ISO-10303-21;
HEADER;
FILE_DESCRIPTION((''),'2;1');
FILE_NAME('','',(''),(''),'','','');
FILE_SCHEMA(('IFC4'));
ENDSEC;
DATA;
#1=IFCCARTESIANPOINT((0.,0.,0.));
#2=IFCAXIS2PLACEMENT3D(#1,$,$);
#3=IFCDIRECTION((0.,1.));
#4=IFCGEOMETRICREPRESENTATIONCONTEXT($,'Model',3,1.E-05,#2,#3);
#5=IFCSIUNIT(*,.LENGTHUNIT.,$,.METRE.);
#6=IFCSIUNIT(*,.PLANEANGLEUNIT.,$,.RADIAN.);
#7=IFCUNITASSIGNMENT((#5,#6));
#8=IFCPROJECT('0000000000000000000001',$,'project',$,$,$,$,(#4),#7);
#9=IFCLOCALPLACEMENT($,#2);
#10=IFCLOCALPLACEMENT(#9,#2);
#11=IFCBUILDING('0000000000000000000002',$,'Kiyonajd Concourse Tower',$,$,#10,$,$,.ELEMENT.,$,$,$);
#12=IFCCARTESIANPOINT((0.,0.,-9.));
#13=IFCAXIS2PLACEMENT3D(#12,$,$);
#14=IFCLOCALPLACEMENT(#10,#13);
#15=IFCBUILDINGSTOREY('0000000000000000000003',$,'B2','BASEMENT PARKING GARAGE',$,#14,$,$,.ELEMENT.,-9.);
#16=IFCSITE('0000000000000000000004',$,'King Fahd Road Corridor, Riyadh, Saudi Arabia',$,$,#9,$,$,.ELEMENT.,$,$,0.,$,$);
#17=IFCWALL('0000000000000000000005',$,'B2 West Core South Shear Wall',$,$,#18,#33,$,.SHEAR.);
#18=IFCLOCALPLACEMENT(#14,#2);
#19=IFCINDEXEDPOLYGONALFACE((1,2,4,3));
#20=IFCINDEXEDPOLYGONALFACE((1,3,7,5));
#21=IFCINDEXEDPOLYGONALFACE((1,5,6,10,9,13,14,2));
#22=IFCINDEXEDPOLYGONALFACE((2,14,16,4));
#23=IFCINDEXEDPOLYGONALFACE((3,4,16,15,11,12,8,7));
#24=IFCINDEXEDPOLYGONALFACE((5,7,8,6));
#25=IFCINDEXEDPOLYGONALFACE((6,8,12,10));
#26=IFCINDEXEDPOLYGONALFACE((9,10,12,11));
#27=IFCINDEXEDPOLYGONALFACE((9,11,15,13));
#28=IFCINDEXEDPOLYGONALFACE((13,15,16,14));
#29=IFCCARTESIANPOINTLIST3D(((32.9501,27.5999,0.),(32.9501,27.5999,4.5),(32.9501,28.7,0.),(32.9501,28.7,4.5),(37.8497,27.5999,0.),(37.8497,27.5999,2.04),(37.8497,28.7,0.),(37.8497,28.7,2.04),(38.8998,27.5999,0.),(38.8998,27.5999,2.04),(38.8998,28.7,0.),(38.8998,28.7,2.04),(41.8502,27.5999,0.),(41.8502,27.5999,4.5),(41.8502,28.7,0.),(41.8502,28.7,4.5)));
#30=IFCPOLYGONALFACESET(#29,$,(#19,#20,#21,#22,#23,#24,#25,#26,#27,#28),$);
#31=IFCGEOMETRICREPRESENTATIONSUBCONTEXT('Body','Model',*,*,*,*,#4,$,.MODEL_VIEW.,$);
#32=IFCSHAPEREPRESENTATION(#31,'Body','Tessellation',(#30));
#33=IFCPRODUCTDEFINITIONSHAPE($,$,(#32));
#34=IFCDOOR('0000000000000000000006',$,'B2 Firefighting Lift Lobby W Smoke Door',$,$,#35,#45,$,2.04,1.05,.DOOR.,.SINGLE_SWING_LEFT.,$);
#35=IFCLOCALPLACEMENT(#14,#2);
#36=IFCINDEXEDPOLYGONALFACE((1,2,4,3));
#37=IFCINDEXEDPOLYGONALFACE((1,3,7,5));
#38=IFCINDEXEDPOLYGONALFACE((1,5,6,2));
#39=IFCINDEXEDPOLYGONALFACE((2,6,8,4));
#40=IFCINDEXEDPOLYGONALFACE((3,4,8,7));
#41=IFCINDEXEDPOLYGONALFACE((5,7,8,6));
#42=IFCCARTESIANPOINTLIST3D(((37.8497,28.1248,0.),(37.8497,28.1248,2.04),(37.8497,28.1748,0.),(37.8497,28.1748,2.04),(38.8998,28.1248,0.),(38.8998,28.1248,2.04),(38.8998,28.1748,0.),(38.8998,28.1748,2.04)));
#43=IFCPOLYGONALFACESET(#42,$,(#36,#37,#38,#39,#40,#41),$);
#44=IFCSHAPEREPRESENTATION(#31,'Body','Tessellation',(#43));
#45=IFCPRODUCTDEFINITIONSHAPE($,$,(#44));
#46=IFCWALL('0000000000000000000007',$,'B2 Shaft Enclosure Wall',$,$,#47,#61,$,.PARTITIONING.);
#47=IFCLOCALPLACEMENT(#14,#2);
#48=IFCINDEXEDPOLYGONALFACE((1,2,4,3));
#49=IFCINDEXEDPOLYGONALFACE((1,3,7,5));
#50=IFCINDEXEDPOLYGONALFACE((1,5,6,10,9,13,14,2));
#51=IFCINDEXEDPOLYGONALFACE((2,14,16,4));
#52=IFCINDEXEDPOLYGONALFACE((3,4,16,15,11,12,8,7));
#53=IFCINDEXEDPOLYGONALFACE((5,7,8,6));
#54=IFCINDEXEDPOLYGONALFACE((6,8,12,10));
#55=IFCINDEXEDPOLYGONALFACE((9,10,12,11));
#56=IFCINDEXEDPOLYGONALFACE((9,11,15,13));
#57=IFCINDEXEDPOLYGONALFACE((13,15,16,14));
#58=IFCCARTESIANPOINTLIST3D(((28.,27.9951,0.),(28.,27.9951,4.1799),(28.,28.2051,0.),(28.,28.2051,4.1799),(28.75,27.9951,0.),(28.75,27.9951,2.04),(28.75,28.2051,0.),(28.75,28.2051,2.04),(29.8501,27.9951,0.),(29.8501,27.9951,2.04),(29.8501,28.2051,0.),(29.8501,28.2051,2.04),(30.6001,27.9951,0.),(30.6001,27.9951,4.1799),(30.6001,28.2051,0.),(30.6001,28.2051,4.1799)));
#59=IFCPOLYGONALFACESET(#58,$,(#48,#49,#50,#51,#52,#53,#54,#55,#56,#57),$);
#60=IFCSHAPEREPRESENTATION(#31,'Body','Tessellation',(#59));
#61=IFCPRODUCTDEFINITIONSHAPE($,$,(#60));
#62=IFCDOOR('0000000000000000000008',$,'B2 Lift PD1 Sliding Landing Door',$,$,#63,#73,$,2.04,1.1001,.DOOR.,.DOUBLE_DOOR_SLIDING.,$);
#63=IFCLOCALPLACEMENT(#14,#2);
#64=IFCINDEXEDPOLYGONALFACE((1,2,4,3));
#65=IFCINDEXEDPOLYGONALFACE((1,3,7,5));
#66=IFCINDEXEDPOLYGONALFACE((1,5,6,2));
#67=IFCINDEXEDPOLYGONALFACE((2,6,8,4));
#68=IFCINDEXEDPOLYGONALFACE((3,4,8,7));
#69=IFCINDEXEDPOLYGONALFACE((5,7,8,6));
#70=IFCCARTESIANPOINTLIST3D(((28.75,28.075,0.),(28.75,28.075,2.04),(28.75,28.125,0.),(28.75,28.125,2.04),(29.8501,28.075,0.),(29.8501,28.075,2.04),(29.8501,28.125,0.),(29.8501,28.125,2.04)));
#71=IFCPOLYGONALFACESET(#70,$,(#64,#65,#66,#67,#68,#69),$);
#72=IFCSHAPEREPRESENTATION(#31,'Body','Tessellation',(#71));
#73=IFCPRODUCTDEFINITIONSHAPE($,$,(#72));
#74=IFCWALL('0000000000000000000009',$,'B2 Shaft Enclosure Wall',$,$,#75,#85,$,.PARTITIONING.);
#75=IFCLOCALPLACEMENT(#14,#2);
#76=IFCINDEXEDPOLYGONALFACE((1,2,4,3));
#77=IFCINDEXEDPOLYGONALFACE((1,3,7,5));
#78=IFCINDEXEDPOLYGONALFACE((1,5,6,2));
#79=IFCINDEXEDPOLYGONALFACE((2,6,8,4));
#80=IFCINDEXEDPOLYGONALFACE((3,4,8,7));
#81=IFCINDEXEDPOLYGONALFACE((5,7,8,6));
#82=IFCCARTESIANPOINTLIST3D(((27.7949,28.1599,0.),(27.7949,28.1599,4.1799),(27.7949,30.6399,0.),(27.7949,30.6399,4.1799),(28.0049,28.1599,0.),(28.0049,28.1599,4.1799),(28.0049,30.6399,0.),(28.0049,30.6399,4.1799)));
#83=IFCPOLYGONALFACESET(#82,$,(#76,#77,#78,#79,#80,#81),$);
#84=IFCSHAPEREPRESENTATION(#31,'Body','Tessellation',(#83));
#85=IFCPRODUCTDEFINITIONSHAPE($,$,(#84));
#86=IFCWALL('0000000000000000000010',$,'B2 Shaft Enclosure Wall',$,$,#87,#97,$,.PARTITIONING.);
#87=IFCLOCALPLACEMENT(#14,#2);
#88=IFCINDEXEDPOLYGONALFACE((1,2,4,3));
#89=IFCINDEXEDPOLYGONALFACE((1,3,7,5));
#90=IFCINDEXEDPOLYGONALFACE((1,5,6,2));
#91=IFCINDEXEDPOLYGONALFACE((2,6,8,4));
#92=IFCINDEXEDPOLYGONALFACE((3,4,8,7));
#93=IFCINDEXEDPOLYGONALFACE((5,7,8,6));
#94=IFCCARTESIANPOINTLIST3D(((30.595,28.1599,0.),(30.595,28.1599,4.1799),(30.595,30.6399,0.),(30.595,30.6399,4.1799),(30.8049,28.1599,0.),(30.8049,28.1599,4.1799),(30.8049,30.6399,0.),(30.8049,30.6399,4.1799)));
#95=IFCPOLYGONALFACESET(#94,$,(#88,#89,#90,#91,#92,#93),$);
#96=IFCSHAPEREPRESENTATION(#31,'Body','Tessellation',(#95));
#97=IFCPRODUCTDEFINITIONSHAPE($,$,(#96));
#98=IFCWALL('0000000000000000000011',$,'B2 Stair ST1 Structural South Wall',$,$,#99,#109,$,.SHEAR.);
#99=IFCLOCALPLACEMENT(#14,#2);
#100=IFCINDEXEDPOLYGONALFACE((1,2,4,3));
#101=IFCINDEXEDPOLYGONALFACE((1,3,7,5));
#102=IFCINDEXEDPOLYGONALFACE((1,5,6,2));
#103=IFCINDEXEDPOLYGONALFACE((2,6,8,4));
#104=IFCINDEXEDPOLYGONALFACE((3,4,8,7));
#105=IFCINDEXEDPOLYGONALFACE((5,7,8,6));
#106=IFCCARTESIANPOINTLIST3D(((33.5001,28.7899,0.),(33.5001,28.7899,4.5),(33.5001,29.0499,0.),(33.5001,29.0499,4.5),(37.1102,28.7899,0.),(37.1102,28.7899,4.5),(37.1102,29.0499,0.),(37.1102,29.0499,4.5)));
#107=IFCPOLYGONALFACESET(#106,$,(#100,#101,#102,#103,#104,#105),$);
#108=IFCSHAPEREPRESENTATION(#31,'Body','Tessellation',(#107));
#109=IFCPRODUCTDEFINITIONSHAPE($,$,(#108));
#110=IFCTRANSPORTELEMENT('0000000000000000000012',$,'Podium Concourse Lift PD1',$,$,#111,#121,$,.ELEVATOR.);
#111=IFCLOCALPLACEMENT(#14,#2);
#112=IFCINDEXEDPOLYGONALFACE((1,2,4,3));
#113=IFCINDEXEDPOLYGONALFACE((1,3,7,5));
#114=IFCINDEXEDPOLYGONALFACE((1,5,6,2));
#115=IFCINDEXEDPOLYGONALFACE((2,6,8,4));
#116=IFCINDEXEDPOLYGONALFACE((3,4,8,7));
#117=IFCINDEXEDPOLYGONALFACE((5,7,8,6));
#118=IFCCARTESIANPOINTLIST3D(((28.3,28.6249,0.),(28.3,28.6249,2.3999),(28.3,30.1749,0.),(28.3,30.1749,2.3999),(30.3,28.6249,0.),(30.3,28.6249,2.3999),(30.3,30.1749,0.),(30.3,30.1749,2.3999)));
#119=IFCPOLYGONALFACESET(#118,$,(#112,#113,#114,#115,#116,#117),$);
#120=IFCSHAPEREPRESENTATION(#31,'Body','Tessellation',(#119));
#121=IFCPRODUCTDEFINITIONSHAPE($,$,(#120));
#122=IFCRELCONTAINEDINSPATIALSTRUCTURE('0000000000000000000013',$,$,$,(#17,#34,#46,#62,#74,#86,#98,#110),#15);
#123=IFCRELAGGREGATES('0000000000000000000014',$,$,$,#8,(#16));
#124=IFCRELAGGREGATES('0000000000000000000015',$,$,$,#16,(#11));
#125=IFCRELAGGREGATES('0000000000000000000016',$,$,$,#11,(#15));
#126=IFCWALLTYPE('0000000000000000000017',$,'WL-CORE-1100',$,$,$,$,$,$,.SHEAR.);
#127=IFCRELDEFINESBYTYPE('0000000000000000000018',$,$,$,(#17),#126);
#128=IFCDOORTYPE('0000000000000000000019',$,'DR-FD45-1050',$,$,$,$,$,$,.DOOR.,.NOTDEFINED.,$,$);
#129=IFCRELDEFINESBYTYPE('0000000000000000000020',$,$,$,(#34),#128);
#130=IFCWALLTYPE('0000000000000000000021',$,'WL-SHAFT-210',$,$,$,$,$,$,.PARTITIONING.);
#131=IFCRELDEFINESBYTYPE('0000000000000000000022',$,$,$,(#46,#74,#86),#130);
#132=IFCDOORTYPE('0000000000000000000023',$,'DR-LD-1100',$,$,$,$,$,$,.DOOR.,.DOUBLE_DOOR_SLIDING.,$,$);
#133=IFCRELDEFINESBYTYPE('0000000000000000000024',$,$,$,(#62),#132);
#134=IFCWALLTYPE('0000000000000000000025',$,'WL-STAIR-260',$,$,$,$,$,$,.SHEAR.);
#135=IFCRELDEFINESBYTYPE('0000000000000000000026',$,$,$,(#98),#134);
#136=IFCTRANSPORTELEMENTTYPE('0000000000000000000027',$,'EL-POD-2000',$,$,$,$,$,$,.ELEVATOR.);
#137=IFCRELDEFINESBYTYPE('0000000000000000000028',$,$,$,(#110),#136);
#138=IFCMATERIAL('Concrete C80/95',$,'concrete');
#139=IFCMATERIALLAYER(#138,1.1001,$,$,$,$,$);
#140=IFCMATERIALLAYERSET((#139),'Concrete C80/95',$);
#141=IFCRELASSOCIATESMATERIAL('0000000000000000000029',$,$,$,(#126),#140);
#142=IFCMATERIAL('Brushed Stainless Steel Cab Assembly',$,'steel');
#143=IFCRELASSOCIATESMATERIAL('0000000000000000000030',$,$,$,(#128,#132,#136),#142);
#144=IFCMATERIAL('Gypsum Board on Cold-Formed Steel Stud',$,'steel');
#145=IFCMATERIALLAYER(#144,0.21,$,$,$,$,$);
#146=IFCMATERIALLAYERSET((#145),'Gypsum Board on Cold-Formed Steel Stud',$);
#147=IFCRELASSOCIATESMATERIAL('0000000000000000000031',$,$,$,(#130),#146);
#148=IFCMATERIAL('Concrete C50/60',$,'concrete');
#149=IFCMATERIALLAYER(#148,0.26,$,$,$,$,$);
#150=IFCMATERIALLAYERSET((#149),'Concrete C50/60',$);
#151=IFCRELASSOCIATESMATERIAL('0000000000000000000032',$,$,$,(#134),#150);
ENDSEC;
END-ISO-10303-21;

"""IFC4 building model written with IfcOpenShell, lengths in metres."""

from ifc_helpers import new_model, si_unit, direction, frame, frame_2d, origin, origin_2d, place, context, subcontext, project, spatial, rectangle, extrude, material, layer, layer_set, type_object, element, fill, save


model = new_model("IFC4")

# Units and contexts
model_context = context("Model", 3, precision=1e-05, world=origin(), true_north=direction((0.0, 1.0)))
body_context = subcontext(model_context, "Body", "Model", "MODEL_VIEW")
ifc_project = project(units=[si_unit("LENGTHUNIT", "METRE"), si_unit("PLANEANGLEUNIT", "RADIAN")], contexts=[model_context])

# Site, building, storey
site_placement = place(None, origin())
site = spatial("IfcSite", under=ifc_project, at=site_placement, Name="King Fahd Road Corridor, Riyadh, Saudi Arabia", CompositionType="ELEMENT", RefElevation=0.0)
building_placement = place(site_placement, origin())
building = spatial("IfcBuilding", under=site, at=building_placement, Name="Kiyonajd Concourse Tower", CompositionType="ELEMENT")
storey_placement = place(building_placement, frame((0.0, 0.0, -9.0)))
storey = spatial("IfcBuildingStorey", under=building, at=storey_placement, Name="B2", Description="BASEMENT PARKING GARAGE", CompositionType="ELEMENT", Elevation=-9.0)

# Shared definitions
ifc_material_1 = material(Name="Concrete C50/60", Category="concrete")

# Shared definitions
ifc_material_2 = material(Name="Concrete C80/95", Category="concrete")

# Shared definitions
ifc_layer_1 = layer(ifc_material_2, 1.1001)
ifc_layer_set_1 = layer_set([ifc_layer_1], Name="Concrete C80/95")
wall_type_1 = type_object("IfcWallType", Name="WL-CORE-1100", PredefinedType="SHEAR", material=ifc_layer_set_1)

# Walls, openings, doors
wall_1_placement = place(storey_placement, frame((32.95, 28.1499, 0.0), z_axis=(0.0, 0.0, 1.0), x_axis=(1.0, 0.0, 0.0)))
wall_1 = element("IfcWall", 1, at=wall_1_placement, inside=storey, type_object=wall_type_1, Name="B2 West Core South Shear Wall", PredefinedType="SHEAR", context=body_context, shape_type="SweptSolid", body=[
    extrude(rectangle(XDim=8.9001, YDim=1.1001, at=frame_2d((4.4502, 0.0))), origin(), (0.0, 0.0, 1.0), 4.5),
])
opening_1_placement = place(wall_1_placement, frame((4.8999, 0.0, 0.0)))
opening_1 = element("IfcOpeningElement", 2, at=opening_1_placement, cuts=wall_1, PredefinedType="OPENING", context=body_context, shape_type="SweptSolid", body=[
    extrude(rectangle(XDim=1.05, YDim=2.04, at=frame_2d((0.5249, 1.02))), frame((0.0, 0.5601, 0.0), z_axis=(0.0, -1.0, 0.0), x_axis=(1.0, 0.0, 0.0)), (0.0, 0.0, 1.0), 1.1201),
])
ifc_material_3 = material(Name="Brushed Stainless Steel Cab Assembly", Category="steel")
door_type_1 = type_object("IfcDoorType", Name="DR-FD45-1050", OperationType="NOTDEFINED", PredefinedType="DOOR", material=ifc_material_3)
door_1_placement = place(opening_1_placement, origin())
door_1 = element("IfcDoor", 3, at=door_1_placement, inside=storey, type_object=door_type_1, Name="B2 Firefighting Lift Lobby W Smoke Door", OperationType="SINGLE_SWING_LEFT", OverallHeight=2.04, OverallWidth=1.05, PredefinedType="DOOR", context=body_context, shape_type="SweptSolid", body=[
    extrude(rectangle(XDim=1.05, YDim=2.04, at=frame_2d((0.5249, 1.02))), frame((0.0, 0.0249, 0.0), z_axis=(0.0, -1.0, 0.0), x_axis=(1.0, 0.0, 0.0)), (0.0, 0.0, 1.0), 0.05),
])
fill(opening_1, door_1)
ifc_material_4 = material(Name="Gypsum Board on Cold-Formed Steel Stud", Category="steel")
ifc_layer_2 = layer(ifc_material_4, 0.21)
ifc_layer_set_2 = layer_set([ifc_layer_2], Name="Gypsum Board on Cold-Formed Steel Stud")
wall_type_2 = type_object("IfcWallType", Name="WL-SHAFT-210", PredefinedType="PARTITIONING", material=ifc_layer_set_2)
wall_2_placement = place(storey_placement, frame((28.0, 28.1001, 0.0), z_axis=(0.0, 0.0, 1.0), x_axis=(1.0, 0.0, 0.0)))
wall_2 = element("IfcWall", 4, at=wall_2_placement, inside=storey, type_object=wall_type_2, Name="B2 Shaft Enclosure Wall", PredefinedType="PARTITIONING", context=body_context, shape_type="SweptSolid", body=[
    extrude(rectangle(XDim=2.6001, YDim=0.21, at=frame_2d((1.3, 0.0))), origin(), (0.0, 0.0, 1.0), 4.1799),
])
opening_2_placement = place(wall_2_placement, frame((0.75, 0.0, 0.0)))
opening_2 = element("IfcOpeningElement", 5, at=opening_2_placement, cuts=wall_2, PredefinedType="OPENING", context=body_context, shape_type="SweptSolid", body=[
    extrude(rectangle(XDim=1.1001, YDim=2.04, at=frame_2d((0.55, 1.02))), frame((0.0, 0.115, 0.0), z_axis=(0.0, -1.0, 0.0), x_axis=(1.0, 0.0, 0.0)), (0.0, 0.0, 1.0), 0.23),
])
door_type_2 = type_object("IfcDoorType", Name="DR-LD-1100", OperationType="DOUBLE_DOOR_SLIDING", PredefinedType="DOOR", material=ifc_material_3)
door_2_placement = place(opening_2_placement, origin())
door_2 = element("IfcDoor", 6, at=door_2_placement, inside=storey, type_object=door_type_2, Name="B2 Lift PD1 Sliding Landing Door", OperationType="DOUBLE_DOOR_SLIDING", OverallHeight=2.04, OverallWidth=1.1001, PredefinedType="DOOR", context=body_context, shape_type="SweptSolid", body=[
    extrude(rectangle(XDim=1.1001, YDim=2.04, at=frame_2d((0.55, 1.02))), frame((0.0, 0.0249, 0.0), z_axis=(0.0, -1.0, 0.0), x_axis=(1.0, 0.0, 0.0)), (0.0, 0.0, 1.0), 0.05),
])
fill(opening_2, door_2)

# Walls
for number, where, z_axis, x_axis, name in (
    (7, (27.8999, 28.1599, 0.0), (0.0, 0.0, 1.0), (0.0, 1.0, 0.0), "B2 Shaft Enclosure Wall"),
    (8, (30.7, 28.1599, 0.0), (0.0, 0.0, 1.0), (0.0, 1.0, 0.0), "B2 Shaft Enclosure Wall"),
):
    element("IfcWall", number, at=place(storey_placement, frame(where, z_axis=z_axis, x_axis=x_axis)), inside=storey, type_object=wall_type_2, Name=name, PredefinedType="PARTITIONING", context=body_context, shape_type="SweptSolid", body=[
        extrude(rectangle(XDim=2.48, YDim=0.21, at=frame_2d((1.24, 0.0))), origin(), (0.0, 0.0, 1.0), 4.1799),
    ])
ifc_layer_3 = layer(ifc_material_1, 0.26)
ifc_layer_set_3 = layer_set([ifc_layer_3], Name="Concrete C50/60")
wall_type_3 = type_object("IfcWallType", Name="WL-STAIR-260", PredefinedType="SHEAR", material=ifc_layer_set_3)
wall_3_placement = place(storey_placement, frame((33.5, 28.9199, 0.0), z_axis=(0.0, 0.0, 1.0), x_axis=(1.0, 0.0, 0.0)))
element("IfcWall", 9, at=wall_3_placement, inside=storey, type_object=wall_type_3, Name="B2 Stair ST1 Structural South Wall", PredefinedType="SHEAR", context=body_context, shape_type="SweptSolid", body=[
    extrude(rectangle(XDim=3.6101, YDim=0.26, at=frame_2d((1.8052, 0.0))), origin(), (0.0, 0.0, 1.0), 4.5),
])

# Transport element
transport_element_type = type_object("IfcTransportElementType", Name="EL-POD-2000", PredefinedType="ELEVATOR", material=ifc_material_3)
transport_element_placement = place(storey_placement, frame((29.3, 29.3999, 0.0), z_axis=(0.0, 0.0, 1.0), x_axis=(1.0, 0.0, 0.0)))
element("IfcTransportElement", 10, at=transport_element_placement, inside=storey, type_object=transport_element_type, Name="Podium Concourse Lift PD1", PredefinedType="ELEVATOR", context=body_context, shape_type="SweptSolid", body=[
    extrude(rectangle(XDim=2.0, YDim=1.55, at=origin_2d()), origin(), (0.0, 0.0, 1.0), 2.3999),
])

save(model, "model.ifc")
